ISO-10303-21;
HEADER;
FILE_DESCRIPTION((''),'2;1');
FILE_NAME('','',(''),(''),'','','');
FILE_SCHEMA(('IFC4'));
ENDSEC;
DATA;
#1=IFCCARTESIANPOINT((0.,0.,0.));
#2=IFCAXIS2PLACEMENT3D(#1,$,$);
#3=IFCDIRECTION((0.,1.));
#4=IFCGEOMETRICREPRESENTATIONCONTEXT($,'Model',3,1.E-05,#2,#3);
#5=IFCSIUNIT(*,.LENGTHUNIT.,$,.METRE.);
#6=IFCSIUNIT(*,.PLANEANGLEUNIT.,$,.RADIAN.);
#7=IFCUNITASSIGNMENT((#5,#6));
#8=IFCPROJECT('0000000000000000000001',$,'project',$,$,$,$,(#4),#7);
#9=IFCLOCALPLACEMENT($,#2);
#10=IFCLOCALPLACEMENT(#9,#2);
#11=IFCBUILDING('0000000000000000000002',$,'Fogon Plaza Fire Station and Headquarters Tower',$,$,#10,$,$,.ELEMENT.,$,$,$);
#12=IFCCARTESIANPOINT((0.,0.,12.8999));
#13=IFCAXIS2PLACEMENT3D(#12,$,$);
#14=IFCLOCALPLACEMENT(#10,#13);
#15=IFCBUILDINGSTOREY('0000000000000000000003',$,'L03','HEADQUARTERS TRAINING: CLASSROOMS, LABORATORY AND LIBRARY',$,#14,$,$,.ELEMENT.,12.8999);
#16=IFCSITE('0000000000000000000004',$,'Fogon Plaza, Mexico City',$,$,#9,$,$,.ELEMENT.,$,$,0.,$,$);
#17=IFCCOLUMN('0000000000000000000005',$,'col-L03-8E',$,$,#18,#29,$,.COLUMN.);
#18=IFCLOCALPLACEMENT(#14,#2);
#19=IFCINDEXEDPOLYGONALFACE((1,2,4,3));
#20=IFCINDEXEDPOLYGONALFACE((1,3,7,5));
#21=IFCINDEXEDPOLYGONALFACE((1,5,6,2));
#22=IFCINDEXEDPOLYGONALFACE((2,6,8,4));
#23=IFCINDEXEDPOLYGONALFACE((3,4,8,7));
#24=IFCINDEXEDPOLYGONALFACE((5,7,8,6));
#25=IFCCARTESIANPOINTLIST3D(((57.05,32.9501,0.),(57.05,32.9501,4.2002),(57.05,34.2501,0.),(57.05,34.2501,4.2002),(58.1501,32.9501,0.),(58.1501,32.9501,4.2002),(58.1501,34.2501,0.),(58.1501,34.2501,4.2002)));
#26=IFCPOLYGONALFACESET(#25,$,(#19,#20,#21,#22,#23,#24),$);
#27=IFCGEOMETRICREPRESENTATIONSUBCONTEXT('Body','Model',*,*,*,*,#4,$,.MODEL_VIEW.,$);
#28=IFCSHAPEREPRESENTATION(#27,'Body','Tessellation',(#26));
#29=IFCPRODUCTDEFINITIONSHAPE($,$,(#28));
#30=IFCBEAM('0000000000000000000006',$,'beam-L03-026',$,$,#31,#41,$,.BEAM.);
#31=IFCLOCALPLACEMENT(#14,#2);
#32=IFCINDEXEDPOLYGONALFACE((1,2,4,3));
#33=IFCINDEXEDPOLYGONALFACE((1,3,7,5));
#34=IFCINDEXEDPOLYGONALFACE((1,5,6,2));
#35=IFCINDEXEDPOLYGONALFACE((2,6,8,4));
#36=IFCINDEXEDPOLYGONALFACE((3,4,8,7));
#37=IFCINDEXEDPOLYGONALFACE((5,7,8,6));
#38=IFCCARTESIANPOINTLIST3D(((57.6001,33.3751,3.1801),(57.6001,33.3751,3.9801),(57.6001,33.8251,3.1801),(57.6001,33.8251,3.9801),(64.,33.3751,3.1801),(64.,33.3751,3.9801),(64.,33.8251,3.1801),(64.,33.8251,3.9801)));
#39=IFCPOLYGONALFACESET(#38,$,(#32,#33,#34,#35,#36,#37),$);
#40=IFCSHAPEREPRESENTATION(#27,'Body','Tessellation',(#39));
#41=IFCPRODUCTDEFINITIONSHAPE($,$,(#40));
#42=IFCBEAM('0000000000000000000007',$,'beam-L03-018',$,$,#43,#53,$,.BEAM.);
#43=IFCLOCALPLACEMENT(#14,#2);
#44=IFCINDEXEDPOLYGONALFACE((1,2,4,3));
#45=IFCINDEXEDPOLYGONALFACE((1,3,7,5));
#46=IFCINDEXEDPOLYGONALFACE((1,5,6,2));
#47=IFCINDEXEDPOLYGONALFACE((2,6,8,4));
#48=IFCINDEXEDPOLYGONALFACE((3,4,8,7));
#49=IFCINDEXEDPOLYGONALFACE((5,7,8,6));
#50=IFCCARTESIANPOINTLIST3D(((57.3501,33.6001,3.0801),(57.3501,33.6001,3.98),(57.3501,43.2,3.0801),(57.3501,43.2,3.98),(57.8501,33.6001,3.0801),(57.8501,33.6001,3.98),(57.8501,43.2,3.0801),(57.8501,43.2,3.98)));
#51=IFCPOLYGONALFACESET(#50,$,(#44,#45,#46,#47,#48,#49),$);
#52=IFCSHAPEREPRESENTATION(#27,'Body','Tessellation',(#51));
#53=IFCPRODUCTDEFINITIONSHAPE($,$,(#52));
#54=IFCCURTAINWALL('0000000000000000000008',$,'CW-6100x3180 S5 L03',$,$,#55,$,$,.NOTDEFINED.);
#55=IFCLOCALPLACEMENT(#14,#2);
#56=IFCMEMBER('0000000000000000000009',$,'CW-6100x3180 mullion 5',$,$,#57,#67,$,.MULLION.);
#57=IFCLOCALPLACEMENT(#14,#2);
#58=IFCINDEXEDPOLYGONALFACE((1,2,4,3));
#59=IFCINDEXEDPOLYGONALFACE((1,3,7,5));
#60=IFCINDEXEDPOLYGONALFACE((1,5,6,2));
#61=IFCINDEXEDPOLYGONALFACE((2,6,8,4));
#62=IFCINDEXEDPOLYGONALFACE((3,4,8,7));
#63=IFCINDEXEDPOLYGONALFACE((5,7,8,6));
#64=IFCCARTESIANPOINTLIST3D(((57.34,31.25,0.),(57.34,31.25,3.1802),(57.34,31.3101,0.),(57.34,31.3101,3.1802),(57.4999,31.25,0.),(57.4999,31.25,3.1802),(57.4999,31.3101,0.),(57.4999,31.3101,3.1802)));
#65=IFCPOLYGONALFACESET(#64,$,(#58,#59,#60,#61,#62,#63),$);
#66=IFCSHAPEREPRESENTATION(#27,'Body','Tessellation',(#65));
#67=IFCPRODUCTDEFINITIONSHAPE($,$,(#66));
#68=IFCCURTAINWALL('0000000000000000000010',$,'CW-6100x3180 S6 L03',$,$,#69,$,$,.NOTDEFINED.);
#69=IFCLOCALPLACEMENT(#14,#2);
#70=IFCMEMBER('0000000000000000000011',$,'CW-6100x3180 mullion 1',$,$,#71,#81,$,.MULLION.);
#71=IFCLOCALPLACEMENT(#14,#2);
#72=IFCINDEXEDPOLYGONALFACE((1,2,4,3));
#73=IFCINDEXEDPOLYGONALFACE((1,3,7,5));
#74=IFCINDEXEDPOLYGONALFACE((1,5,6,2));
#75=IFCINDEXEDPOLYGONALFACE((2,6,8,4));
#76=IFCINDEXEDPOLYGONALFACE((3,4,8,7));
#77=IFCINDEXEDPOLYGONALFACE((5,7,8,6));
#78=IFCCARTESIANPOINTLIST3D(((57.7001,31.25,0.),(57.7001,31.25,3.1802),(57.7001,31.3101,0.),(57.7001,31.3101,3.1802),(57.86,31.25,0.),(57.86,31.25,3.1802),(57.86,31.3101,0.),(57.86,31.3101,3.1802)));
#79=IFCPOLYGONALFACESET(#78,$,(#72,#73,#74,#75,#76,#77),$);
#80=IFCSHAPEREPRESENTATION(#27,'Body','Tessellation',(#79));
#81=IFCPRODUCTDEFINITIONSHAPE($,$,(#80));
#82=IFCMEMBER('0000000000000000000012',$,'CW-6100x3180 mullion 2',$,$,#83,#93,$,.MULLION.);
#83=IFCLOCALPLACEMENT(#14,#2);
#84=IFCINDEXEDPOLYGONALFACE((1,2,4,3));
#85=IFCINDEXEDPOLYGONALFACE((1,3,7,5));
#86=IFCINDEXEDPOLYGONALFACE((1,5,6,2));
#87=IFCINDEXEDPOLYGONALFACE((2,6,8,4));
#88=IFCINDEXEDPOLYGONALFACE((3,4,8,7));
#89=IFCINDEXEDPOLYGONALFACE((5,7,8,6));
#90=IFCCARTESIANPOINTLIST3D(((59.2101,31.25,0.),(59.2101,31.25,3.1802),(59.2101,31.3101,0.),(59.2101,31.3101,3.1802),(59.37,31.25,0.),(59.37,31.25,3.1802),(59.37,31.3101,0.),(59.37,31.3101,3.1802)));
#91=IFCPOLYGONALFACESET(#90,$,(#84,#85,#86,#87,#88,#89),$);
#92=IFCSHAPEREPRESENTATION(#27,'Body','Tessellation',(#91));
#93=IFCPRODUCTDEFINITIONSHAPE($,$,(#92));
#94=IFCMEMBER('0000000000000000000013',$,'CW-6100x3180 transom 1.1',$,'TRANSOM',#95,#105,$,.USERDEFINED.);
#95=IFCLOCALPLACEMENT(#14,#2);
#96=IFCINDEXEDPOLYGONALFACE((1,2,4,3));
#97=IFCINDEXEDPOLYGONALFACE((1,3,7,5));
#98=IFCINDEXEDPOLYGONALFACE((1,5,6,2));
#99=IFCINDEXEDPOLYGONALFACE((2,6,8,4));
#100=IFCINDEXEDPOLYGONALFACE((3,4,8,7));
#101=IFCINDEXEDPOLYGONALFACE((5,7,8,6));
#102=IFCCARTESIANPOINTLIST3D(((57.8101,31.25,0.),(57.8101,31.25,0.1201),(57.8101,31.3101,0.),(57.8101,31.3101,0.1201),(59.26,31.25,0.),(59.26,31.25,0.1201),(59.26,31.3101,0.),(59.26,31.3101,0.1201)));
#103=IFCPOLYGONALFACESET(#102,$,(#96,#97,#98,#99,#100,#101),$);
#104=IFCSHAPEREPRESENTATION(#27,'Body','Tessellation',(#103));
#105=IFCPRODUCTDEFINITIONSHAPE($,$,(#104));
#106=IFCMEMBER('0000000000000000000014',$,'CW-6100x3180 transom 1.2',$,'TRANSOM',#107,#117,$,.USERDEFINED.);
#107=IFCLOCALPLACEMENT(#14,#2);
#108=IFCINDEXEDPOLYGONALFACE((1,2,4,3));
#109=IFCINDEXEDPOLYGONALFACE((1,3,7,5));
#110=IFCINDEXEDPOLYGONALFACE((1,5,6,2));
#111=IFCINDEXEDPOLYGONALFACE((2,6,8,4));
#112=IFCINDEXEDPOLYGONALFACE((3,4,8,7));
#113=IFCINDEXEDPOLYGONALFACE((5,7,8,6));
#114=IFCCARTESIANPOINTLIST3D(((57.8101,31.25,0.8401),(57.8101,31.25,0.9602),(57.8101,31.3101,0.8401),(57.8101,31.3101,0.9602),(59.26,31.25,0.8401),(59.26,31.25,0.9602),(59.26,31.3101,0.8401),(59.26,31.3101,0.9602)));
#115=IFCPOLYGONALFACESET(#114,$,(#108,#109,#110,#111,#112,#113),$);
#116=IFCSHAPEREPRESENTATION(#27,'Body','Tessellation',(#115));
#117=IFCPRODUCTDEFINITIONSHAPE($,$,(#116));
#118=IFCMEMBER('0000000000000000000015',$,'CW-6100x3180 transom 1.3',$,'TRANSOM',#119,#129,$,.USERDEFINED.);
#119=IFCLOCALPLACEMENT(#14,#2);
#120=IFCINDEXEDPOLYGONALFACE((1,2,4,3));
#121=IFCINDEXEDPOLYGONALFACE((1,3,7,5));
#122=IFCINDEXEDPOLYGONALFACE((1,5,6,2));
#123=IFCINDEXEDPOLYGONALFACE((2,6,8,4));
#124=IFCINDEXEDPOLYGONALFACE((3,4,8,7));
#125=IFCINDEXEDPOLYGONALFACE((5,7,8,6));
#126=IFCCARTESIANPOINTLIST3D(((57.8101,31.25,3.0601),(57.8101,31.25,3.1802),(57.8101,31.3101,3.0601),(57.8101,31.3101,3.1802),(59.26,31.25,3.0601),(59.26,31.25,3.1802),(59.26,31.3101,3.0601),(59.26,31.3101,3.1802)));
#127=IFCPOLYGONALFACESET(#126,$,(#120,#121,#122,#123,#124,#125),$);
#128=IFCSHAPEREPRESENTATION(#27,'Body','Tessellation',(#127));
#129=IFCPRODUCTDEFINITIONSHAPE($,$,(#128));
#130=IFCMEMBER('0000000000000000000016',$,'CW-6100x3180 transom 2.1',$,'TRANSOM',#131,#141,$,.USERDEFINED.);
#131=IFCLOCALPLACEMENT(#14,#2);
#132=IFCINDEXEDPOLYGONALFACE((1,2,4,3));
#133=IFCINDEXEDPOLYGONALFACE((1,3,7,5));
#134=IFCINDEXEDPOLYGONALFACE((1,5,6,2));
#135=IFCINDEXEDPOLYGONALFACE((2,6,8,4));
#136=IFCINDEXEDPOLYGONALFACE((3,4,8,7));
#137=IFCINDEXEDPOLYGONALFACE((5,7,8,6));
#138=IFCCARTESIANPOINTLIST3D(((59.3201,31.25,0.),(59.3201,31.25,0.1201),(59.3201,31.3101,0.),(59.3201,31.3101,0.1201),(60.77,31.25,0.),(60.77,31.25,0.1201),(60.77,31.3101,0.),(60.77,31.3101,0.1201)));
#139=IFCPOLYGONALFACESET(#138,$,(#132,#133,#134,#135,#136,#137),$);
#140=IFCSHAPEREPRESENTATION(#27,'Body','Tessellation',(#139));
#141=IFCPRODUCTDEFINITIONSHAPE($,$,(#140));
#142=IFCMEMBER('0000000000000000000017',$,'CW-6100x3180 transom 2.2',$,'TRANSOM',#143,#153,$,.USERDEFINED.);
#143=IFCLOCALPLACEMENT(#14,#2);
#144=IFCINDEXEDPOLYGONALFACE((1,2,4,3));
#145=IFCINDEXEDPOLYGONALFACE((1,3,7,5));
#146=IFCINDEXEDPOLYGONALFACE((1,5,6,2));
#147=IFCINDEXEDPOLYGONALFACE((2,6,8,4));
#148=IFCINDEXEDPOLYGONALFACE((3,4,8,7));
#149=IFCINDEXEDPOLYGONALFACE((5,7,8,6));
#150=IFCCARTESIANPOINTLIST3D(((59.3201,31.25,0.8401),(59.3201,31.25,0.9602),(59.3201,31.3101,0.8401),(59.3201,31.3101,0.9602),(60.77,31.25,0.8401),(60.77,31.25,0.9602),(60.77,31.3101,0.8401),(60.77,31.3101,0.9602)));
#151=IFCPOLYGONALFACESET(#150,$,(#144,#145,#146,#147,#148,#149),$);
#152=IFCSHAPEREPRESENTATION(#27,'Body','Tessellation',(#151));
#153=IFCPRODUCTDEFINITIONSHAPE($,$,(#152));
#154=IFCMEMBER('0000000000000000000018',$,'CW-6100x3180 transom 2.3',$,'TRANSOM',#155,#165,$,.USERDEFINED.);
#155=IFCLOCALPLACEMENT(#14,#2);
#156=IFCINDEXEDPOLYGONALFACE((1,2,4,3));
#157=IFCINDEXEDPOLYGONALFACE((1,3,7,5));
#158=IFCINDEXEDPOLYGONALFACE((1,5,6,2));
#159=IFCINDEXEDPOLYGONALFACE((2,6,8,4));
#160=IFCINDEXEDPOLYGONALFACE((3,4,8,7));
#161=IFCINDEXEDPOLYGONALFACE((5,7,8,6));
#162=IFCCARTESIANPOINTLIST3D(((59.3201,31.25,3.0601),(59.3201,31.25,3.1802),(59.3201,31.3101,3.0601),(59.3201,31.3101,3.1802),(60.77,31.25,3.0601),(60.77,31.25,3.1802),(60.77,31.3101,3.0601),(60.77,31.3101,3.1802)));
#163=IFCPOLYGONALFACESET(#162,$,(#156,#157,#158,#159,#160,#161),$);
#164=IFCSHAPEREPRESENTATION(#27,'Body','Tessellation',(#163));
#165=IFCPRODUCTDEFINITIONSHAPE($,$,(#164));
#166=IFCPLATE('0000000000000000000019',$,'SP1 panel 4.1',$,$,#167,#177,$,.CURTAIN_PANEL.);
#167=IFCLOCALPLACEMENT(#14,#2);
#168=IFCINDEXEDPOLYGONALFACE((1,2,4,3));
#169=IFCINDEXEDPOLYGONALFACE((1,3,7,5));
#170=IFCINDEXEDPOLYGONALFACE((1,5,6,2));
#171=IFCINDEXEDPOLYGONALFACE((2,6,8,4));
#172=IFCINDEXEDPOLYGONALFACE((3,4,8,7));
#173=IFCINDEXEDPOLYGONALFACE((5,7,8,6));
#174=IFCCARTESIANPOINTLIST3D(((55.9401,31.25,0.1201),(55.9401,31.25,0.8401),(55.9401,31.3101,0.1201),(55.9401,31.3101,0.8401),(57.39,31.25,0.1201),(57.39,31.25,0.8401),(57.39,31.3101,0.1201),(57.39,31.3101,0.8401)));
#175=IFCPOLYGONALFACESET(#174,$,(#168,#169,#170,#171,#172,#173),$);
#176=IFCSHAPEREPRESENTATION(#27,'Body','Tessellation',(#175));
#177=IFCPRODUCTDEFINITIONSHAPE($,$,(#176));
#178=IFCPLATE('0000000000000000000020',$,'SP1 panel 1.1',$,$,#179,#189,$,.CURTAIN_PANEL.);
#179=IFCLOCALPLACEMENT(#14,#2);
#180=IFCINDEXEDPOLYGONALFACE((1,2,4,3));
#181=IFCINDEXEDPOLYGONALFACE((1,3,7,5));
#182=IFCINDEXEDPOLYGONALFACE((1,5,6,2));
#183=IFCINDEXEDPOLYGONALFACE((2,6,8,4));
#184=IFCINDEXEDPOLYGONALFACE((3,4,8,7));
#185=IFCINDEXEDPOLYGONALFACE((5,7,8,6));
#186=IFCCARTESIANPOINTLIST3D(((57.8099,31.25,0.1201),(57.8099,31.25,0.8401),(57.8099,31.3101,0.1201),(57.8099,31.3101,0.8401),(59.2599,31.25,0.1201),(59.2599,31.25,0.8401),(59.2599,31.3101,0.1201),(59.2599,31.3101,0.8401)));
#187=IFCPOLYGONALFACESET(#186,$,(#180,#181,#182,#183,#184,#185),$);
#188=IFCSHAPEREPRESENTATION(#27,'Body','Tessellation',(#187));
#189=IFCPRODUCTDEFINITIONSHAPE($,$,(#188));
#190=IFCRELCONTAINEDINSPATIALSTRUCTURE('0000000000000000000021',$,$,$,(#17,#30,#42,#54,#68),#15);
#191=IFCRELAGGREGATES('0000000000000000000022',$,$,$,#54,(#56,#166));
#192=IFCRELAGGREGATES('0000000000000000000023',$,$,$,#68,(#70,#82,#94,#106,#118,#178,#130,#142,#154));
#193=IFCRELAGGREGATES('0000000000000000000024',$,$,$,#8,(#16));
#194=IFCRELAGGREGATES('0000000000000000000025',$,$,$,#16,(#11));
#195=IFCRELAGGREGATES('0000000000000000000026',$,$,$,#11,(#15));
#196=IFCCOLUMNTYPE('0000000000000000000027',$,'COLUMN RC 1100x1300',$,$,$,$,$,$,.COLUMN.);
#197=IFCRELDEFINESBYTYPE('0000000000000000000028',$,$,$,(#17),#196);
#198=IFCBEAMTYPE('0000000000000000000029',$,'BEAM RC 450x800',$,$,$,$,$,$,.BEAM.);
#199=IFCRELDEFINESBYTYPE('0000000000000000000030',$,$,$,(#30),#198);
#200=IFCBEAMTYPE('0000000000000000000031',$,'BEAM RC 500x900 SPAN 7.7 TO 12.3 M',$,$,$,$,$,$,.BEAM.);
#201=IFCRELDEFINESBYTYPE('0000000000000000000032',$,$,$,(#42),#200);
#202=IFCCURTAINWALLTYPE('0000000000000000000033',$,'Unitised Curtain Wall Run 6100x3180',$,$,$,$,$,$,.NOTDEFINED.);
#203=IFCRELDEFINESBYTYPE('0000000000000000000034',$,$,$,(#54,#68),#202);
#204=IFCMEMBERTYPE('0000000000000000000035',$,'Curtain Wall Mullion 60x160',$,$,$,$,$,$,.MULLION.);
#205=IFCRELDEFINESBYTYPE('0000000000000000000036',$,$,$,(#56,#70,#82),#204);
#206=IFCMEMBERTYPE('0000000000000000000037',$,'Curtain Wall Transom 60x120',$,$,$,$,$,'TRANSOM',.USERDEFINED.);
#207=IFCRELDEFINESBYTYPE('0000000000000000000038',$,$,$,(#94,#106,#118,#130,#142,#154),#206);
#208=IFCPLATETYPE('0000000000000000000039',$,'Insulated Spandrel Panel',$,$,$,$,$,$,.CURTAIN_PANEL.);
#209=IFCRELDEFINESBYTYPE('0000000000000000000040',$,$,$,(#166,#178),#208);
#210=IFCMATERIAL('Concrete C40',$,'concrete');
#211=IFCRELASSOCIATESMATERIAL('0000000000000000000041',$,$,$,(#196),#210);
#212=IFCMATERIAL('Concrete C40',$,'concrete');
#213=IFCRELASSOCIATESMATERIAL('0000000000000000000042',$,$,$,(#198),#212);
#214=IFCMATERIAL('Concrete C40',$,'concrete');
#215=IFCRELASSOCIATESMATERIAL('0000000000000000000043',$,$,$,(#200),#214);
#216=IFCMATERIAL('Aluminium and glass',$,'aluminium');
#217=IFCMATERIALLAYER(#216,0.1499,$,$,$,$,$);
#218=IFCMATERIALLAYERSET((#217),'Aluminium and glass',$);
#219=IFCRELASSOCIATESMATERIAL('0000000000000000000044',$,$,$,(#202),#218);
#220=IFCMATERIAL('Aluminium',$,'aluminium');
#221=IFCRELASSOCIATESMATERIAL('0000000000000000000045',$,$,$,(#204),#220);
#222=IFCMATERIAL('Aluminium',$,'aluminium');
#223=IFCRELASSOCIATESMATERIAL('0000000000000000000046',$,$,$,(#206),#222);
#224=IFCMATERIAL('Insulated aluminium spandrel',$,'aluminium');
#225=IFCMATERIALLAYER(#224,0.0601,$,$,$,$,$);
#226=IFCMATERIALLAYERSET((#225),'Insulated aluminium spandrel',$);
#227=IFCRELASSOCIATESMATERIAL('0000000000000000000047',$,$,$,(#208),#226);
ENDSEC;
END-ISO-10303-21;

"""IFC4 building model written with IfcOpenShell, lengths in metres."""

from ifc_helpers import new_model, si_unit, direction, frame, origin, origin_2d, place, context, subcontext, project, spatial, rectangle, extrude, material, layer, layer_set, material_profile, profile_set, type_object, element, aggregate, save


model = new_model("IFC4")

# Units and contexts
model_context = context("Model", 3, precision=1e-05, world=origin(), true_north=direction((0.0, 1.0)))
body_context = subcontext(model_context, "Body", "Model", "MODEL_VIEW")
ifc_project = project(units=[si_unit("LENGTHUNIT", "METRE"), si_unit("PLANEANGLEUNIT", "RADIAN")], contexts=[model_context])

# Site, building, storey
site_placement = place(None, origin())
site = spatial("IfcSite", under=ifc_project, at=site_placement, Name="Fogon Plaza, Mexico City", CompositionType="ELEMENT", RefElevation=0.0)
building_placement = place(site_placement, origin())
building = spatial("IfcBuilding", under=site, at=building_placement, Name="Fogon Plaza Fire Station and Headquarters Tower", CompositionType="ELEMENT")
storey_placement = place(building_placement, frame((0.0, 0.0, 12.8999)))
storey = spatial("IfcBuildingStorey", under=building, at=storey_placement, Name="L03", Description="HEADQUARTERS TRAINING: CLASSROOMS, LABORATORY AND LIBRARY", CompositionType="ELEMENT", Elevation=12.8999)

# Column
ifc_material_1 = material(Name="Concrete C40", Category="concrete")
ifc_material_profile_1 = material_profile(ifc_material_1, rectangle(XDim=1.1001, YDim=1.3, at=origin_2d()), Name="RC 1100x1300")
ifc_profile_set_1 = profile_set([ifc_material_profile_1], Name="Concrete C40")
column_type = type_object("IfcColumnType", Name="COLUMN RC 1100x1300", PredefinedType="COLUMN", material=ifc_profile_set_1)
column_placement = place(storey_placement, frame((57.6001, 33.6001, 0.0), z_axis=(0.0, 0.0, 1.0), x_axis=(1.0, 0.0, 0.0)))
element("IfcColumn", 1, at=column_placement, inside=storey, type_object=column_type, Name="col-L03-8E", PredefinedType="COLUMN", context=body_context, shape_type="SweptSolid", body=[
    extrude(rectangle(XDim=1.1001, YDim=1.3, at=origin_2d()), origin(), (0.0, 0.0, 1.0), 4.2002),
])

# Beams
ifc_material_2 = material(Name="Concrete C40", Category="concrete")
ifc_material_profile_2 = material_profile(ifc_material_2, rectangle(XDim=0.45, YDim=0.8, at=origin_2d()), Name="RC 450x800")
ifc_profile_set_2 = profile_set([ifc_material_profile_2], Name="Concrete C40")
beam_type_1 = type_object("IfcBeamType", Name="BEAM RC 450x800", PredefinedType="BEAM", material=ifc_profile_set_2)
beam_1_placement = place(storey_placement, frame((57.6001, 33.6001, 3.5801), z_axis=(1.0, 0.0, 0.0), x_axis=(0.0, 1.0, 0.0)))
element("IfcBeam", 2, at=beam_1_placement, inside=storey, type_object=beam_type_1, Name="beam-L03-026", PredefinedType="BEAM", context=body_context, shape_type="SweptSolid", body=[
    extrude(rectangle(XDim=0.45, YDim=0.8, at=origin_2d()), origin(), (0.0, 0.0, 1.0), 6.3999),
])
ifc_material_3 = material(Name="Concrete C40", Category="concrete")
ifc_material_profile_3 = material_profile(ifc_material_3, rectangle(XDim=0.5, YDim=0.8999, at=origin_2d()), Name="RC 500x900")
ifc_profile_set_3 = profile_set([ifc_material_profile_3], Name="Concrete C40")
beam_type_2 = type_object("IfcBeamType", Name="BEAM RC 500x900 SPAN 7.7 TO 12.3 M", PredefinedType="BEAM", material=ifc_profile_set_3)
beam_2_placement = place(storey_placement, frame((57.6001, 33.6001, 3.53), z_axis=(0.0, 1.0, 0.0), x_axis=(-1.0, 0.0, 0.0)))
element("IfcBeam", 3, at=beam_2_placement, inside=storey, type_object=beam_type_2, Name="beam-L03-018", PredefinedType="BEAM", context=body_context, shape_type="SweptSolid", body=[
    extrude(rectangle(XDim=0.5, YDim=0.8999, at=origin_2d()), origin(), (0.0, 0.0, 1.0), 9.5999),
])

# Curtain wall, member
ifc_material_4 = material(Name="Aluminium and glass", Category="aluminium")
ifc_layer_1 = layer(ifc_material_4, 0.1499)
ifc_layer_set_1 = layer_set([ifc_layer_1], Name="Aluminium and glass")
curtain_wall_type = type_object("IfcCurtainWallType", Name="Unitised Curtain Wall Run 6100x3180", PredefinedType="NOTDEFINED", material=ifc_layer_set_1)
curtain_wall_1_placement = place(storey_placement, origin())
curtain_wall_1 = element("IfcCurtainWall", 4, at=curtain_wall_1_placement, inside=storey, type_object=curtain_wall_type, Name="CW-6100x3180 S5 L03", PredefinedType="NOTDEFINED")
ifc_material_5 = material(Name="Aluminium", Category="aluminium")
ifc_material_profile_4 = material_profile(ifc_material_5, rectangle(XDim=0.0601, YDim=0.1599, at=origin_2d()), Name="Curtain Wall Mullion 60x160")
ifc_profile_set_4 = profile_set([ifc_material_profile_4], Name="Aluminium")
member_type_1 = type_object("IfcMemberType", Name="Curtain Wall Mullion 60x160", PredefinedType="MULLION", material=ifc_profile_set_4)
member_1_placement = place(storey_placement, frame((57.4199, 31.28, 0.0), z_axis=(0.0, 0.0, 1.0), x_axis=(0.0, 1.0, 0.0)))
member_1 = element("IfcMember", 5, at=member_1_placement, type_object=member_type_1, Name="CW-6100x3180 mullion 5", PredefinedType="MULLION", context=body_context, shape_type="SweptSolid", body=[
    extrude(rectangle(XDim=0.0601, YDim=0.1599, at=origin_2d()), origin(), (0.0, 0.0, 1.0), 3.1802),
])

# Curtain wall, members
curtain_wall_2_placement = place(storey_placement, origin())
curtain_wall_2 = element("IfcCurtainWall", 6, at=curtain_wall_2_placement, inside=storey, type_object=curtain_wall_type, Name="CW-6100x3180 S6 L03", PredefinedType="NOTDEFINED")
member_2_placement = place(storey_placement, frame((57.78, 31.28, 0.0), z_axis=(0.0, 0.0, 1.0), x_axis=(0.0, 1.0, 0.0)))
member_2 = element("IfcMember", 7, at=member_2_placement, type_object=member_type_1, Name="CW-6100x3180 mullion 1", PredefinedType="MULLION", context=body_context, shape_type="SweptSolid", body=[
    extrude(rectangle(XDim=0.0601, YDim=0.1599, at=origin_2d()), origin(), (0.0, 0.0, 1.0), 3.1802),
])
member_3_placement = place(storey_placement, frame((59.29, 31.28, 0.0), z_axis=(0.0, 0.0, 1.0), x_axis=(0.0, 1.0, 0.0)))
member_3 = element("IfcMember", 8, at=member_3_placement, type_object=member_type_1, Name="CW-6100x3180 mullion 2", PredefinedType="MULLION", context=body_context, shape_type="SweptSolid", body=[
    extrude(rectangle(XDim=0.0601, YDim=0.1599, at=origin_2d()), origin(), (0.0, 0.0, 1.0), 3.1802),
])
ifc_material_6 = material(Name="Aluminium", Category="aluminium")
ifc_material_profile_5 = material_profile(ifc_material_6, rectangle(XDim=0.0601, YDim=0.1201, at=origin_2d()), Name="Curtain Wall Transom 60x120")
ifc_profile_set_5 = profile_set([ifc_material_profile_5], Name="Aluminium")
member_type_2 = type_object("IfcMemberType", Name="Curtain Wall Transom 60x120", ElementType="TRANSOM", PredefinedType="USERDEFINED", material=ifc_profile_set_5)
member_4_placement = place(storey_placement, frame((57.8101, 31.28, 0.0601), z_axis=(1.0, 0.0, 0.0), x_axis=(0.0, 1.0, 0.0)))
member_4 = element("IfcMember", 9, at=member_4_placement, type_object=member_type_2, Name="CW-6100x3180 transom 1.1", ObjectType="TRANSOM", PredefinedType="USERDEFINED", context=body_context, shape_type="SweptSolid", body=[
    extrude(rectangle(XDim=0.0601, YDim=0.1201, at=origin_2d()), origin(), (0.0, 0.0, 1.0), 1.45),
])
member_5_placement = place(storey_placement, frame((57.8101, 31.28, 0.9001), z_axis=(1.0, 0.0, 0.0), x_axis=(0.0, 1.0, 0.0)))
member_5 = element("IfcMember", 10, at=member_5_placement, type_object=member_type_2, Name="CW-6100x3180 transom 1.2", ObjectType="TRANSOM", PredefinedType="USERDEFINED", context=body_context, shape_type="SweptSolid", body=[
    extrude(rectangle(XDim=0.0601, YDim=0.1201, at=origin_2d()), origin(), (0.0, 0.0, 1.0), 1.45),
])
member_6_placement = place(storey_placement, frame((57.8101, 31.28, 3.1201), z_axis=(1.0, 0.0, 0.0), x_axis=(0.0, 1.0, 0.0)))
member_6 = element("IfcMember", 11, at=member_6_placement, type_object=member_type_2, Name="CW-6100x3180 transom 1.3", ObjectType="TRANSOM", PredefinedType="USERDEFINED", context=body_context, shape_type="SweptSolid", body=[
    extrude(rectangle(XDim=0.0601, YDim=0.1201, at=origin_2d()), origin(), (0.0, 0.0, 1.0), 1.45),
])
member_7_placement = place(storey_placement, frame((59.3201, 31.28, 0.0601), z_axis=(1.0, 0.0, 0.0), x_axis=(0.0, 1.0, 0.0)))
member_7 = element("IfcMember", 12, at=member_7_placement, type_object=member_type_2, Name="CW-6100x3180 transom 2.1", ObjectType="TRANSOM", PredefinedType="USERDEFINED", context=body_context, shape_type="SweptSolid", body=[
    extrude(rectangle(XDim=0.0601, YDim=0.1201, at=origin_2d()), origin(), (0.0, 0.0, 1.0), 1.45),
])
member_8_placement = place(storey_placement, frame((59.3201, 31.28, 0.9001), z_axis=(1.0, 0.0, 0.0), x_axis=(0.0, 1.0, 0.0)))
member_8 = element("IfcMember", 13, at=member_8_placement, type_object=member_type_2, Name="CW-6100x3180 transom 2.2", ObjectType="TRANSOM", PredefinedType="USERDEFINED", context=body_context, shape_type="SweptSolid", body=[
    extrude(rectangle(XDim=0.0601, YDim=0.1201, at=origin_2d()), origin(), (0.0, 0.0, 1.0), 1.45),
])
member_9_placement = place(storey_placement, frame((59.3201, 31.28, 3.1201), z_axis=(1.0, 0.0, 0.0), x_axis=(0.0, 1.0, 0.0)))
member_9 = element("IfcMember", 14, at=member_9_placement, type_object=member_type_2, Name="CW-6100x3180 transom 2.3", ObjectType="TRANSOM", PredefinedType="USERDEFINED", context=body_context, shape_type="SweptSolid", body=[
    extrude(rectangle(XDim=0.0601, YDim=0.1201, at=origin_2d()), origin(), (0.0, 0.0, 1.0), 1.45),
])

# Plates
ifc_material_7 = material(Name="Insulated aluminium spandrel", Category="aluminium")
ifc_layer_2 = layer(ifc_material_7, 0.0601)
ifc_layer_set_2 = layer_set([ifc_layer_2], Name="Insulated aluminium spandrel")
plate_type_1 = type_object("IfcPlateType", Name="Insulated Spandrel Panel", PredefinedType="CURTAIN_PANEL", material=ifc_layer_set_2)
plate_1_placement = place(storey_placement, frame((56.665, 31.28, 0.1201), z_axis=(0.0, 0.0, 1.0), x_axis=(1.0, 0.0, 0.0)))
plate_1 = element("IfcPlate", 15, at=plate_1_placement, type_object=plate_type_1, Name="SP1 panel 4.1", PredefinedType="CURTAIN_PANEL", context=body_context, shape_type="SweptSolid", body=[
    extrude(rectangle(XDim=1.45, YDim=0.0601, at=origin_2d()), origin(), (0.0, 0.0, 1.0), 0.72),
])
plate_2_placement = place(storey_placement, frame((58.5349, 31.28, 0.1201), z_axis=(0.0, 0.0, 1.0), x_axis=(1.0, 0.0, 0.0)))
plate_2 = element("IfcPlate", 16, at=plate_2_placement, type_object=plate_type_1, Name="SP1 panel 1.1", PredefinedType="CURTAIN_PANEL", context=body_context, shape_type="SweptSolid", body=[
    extrude(rectangle(XDim=1.45, YDim=0.0601, at=origin_2d()), origin(), (0.0, 0.0, 1.0), 0.72),
])
aggregate(curtain_wall_1, [member_1, plate_1])
aggregate(curtain_wall_2, [member_2, member_3, member_4, member_5, member_6, plate_2, member_7, member_8, member_9])

save(model, "model.ifc")
